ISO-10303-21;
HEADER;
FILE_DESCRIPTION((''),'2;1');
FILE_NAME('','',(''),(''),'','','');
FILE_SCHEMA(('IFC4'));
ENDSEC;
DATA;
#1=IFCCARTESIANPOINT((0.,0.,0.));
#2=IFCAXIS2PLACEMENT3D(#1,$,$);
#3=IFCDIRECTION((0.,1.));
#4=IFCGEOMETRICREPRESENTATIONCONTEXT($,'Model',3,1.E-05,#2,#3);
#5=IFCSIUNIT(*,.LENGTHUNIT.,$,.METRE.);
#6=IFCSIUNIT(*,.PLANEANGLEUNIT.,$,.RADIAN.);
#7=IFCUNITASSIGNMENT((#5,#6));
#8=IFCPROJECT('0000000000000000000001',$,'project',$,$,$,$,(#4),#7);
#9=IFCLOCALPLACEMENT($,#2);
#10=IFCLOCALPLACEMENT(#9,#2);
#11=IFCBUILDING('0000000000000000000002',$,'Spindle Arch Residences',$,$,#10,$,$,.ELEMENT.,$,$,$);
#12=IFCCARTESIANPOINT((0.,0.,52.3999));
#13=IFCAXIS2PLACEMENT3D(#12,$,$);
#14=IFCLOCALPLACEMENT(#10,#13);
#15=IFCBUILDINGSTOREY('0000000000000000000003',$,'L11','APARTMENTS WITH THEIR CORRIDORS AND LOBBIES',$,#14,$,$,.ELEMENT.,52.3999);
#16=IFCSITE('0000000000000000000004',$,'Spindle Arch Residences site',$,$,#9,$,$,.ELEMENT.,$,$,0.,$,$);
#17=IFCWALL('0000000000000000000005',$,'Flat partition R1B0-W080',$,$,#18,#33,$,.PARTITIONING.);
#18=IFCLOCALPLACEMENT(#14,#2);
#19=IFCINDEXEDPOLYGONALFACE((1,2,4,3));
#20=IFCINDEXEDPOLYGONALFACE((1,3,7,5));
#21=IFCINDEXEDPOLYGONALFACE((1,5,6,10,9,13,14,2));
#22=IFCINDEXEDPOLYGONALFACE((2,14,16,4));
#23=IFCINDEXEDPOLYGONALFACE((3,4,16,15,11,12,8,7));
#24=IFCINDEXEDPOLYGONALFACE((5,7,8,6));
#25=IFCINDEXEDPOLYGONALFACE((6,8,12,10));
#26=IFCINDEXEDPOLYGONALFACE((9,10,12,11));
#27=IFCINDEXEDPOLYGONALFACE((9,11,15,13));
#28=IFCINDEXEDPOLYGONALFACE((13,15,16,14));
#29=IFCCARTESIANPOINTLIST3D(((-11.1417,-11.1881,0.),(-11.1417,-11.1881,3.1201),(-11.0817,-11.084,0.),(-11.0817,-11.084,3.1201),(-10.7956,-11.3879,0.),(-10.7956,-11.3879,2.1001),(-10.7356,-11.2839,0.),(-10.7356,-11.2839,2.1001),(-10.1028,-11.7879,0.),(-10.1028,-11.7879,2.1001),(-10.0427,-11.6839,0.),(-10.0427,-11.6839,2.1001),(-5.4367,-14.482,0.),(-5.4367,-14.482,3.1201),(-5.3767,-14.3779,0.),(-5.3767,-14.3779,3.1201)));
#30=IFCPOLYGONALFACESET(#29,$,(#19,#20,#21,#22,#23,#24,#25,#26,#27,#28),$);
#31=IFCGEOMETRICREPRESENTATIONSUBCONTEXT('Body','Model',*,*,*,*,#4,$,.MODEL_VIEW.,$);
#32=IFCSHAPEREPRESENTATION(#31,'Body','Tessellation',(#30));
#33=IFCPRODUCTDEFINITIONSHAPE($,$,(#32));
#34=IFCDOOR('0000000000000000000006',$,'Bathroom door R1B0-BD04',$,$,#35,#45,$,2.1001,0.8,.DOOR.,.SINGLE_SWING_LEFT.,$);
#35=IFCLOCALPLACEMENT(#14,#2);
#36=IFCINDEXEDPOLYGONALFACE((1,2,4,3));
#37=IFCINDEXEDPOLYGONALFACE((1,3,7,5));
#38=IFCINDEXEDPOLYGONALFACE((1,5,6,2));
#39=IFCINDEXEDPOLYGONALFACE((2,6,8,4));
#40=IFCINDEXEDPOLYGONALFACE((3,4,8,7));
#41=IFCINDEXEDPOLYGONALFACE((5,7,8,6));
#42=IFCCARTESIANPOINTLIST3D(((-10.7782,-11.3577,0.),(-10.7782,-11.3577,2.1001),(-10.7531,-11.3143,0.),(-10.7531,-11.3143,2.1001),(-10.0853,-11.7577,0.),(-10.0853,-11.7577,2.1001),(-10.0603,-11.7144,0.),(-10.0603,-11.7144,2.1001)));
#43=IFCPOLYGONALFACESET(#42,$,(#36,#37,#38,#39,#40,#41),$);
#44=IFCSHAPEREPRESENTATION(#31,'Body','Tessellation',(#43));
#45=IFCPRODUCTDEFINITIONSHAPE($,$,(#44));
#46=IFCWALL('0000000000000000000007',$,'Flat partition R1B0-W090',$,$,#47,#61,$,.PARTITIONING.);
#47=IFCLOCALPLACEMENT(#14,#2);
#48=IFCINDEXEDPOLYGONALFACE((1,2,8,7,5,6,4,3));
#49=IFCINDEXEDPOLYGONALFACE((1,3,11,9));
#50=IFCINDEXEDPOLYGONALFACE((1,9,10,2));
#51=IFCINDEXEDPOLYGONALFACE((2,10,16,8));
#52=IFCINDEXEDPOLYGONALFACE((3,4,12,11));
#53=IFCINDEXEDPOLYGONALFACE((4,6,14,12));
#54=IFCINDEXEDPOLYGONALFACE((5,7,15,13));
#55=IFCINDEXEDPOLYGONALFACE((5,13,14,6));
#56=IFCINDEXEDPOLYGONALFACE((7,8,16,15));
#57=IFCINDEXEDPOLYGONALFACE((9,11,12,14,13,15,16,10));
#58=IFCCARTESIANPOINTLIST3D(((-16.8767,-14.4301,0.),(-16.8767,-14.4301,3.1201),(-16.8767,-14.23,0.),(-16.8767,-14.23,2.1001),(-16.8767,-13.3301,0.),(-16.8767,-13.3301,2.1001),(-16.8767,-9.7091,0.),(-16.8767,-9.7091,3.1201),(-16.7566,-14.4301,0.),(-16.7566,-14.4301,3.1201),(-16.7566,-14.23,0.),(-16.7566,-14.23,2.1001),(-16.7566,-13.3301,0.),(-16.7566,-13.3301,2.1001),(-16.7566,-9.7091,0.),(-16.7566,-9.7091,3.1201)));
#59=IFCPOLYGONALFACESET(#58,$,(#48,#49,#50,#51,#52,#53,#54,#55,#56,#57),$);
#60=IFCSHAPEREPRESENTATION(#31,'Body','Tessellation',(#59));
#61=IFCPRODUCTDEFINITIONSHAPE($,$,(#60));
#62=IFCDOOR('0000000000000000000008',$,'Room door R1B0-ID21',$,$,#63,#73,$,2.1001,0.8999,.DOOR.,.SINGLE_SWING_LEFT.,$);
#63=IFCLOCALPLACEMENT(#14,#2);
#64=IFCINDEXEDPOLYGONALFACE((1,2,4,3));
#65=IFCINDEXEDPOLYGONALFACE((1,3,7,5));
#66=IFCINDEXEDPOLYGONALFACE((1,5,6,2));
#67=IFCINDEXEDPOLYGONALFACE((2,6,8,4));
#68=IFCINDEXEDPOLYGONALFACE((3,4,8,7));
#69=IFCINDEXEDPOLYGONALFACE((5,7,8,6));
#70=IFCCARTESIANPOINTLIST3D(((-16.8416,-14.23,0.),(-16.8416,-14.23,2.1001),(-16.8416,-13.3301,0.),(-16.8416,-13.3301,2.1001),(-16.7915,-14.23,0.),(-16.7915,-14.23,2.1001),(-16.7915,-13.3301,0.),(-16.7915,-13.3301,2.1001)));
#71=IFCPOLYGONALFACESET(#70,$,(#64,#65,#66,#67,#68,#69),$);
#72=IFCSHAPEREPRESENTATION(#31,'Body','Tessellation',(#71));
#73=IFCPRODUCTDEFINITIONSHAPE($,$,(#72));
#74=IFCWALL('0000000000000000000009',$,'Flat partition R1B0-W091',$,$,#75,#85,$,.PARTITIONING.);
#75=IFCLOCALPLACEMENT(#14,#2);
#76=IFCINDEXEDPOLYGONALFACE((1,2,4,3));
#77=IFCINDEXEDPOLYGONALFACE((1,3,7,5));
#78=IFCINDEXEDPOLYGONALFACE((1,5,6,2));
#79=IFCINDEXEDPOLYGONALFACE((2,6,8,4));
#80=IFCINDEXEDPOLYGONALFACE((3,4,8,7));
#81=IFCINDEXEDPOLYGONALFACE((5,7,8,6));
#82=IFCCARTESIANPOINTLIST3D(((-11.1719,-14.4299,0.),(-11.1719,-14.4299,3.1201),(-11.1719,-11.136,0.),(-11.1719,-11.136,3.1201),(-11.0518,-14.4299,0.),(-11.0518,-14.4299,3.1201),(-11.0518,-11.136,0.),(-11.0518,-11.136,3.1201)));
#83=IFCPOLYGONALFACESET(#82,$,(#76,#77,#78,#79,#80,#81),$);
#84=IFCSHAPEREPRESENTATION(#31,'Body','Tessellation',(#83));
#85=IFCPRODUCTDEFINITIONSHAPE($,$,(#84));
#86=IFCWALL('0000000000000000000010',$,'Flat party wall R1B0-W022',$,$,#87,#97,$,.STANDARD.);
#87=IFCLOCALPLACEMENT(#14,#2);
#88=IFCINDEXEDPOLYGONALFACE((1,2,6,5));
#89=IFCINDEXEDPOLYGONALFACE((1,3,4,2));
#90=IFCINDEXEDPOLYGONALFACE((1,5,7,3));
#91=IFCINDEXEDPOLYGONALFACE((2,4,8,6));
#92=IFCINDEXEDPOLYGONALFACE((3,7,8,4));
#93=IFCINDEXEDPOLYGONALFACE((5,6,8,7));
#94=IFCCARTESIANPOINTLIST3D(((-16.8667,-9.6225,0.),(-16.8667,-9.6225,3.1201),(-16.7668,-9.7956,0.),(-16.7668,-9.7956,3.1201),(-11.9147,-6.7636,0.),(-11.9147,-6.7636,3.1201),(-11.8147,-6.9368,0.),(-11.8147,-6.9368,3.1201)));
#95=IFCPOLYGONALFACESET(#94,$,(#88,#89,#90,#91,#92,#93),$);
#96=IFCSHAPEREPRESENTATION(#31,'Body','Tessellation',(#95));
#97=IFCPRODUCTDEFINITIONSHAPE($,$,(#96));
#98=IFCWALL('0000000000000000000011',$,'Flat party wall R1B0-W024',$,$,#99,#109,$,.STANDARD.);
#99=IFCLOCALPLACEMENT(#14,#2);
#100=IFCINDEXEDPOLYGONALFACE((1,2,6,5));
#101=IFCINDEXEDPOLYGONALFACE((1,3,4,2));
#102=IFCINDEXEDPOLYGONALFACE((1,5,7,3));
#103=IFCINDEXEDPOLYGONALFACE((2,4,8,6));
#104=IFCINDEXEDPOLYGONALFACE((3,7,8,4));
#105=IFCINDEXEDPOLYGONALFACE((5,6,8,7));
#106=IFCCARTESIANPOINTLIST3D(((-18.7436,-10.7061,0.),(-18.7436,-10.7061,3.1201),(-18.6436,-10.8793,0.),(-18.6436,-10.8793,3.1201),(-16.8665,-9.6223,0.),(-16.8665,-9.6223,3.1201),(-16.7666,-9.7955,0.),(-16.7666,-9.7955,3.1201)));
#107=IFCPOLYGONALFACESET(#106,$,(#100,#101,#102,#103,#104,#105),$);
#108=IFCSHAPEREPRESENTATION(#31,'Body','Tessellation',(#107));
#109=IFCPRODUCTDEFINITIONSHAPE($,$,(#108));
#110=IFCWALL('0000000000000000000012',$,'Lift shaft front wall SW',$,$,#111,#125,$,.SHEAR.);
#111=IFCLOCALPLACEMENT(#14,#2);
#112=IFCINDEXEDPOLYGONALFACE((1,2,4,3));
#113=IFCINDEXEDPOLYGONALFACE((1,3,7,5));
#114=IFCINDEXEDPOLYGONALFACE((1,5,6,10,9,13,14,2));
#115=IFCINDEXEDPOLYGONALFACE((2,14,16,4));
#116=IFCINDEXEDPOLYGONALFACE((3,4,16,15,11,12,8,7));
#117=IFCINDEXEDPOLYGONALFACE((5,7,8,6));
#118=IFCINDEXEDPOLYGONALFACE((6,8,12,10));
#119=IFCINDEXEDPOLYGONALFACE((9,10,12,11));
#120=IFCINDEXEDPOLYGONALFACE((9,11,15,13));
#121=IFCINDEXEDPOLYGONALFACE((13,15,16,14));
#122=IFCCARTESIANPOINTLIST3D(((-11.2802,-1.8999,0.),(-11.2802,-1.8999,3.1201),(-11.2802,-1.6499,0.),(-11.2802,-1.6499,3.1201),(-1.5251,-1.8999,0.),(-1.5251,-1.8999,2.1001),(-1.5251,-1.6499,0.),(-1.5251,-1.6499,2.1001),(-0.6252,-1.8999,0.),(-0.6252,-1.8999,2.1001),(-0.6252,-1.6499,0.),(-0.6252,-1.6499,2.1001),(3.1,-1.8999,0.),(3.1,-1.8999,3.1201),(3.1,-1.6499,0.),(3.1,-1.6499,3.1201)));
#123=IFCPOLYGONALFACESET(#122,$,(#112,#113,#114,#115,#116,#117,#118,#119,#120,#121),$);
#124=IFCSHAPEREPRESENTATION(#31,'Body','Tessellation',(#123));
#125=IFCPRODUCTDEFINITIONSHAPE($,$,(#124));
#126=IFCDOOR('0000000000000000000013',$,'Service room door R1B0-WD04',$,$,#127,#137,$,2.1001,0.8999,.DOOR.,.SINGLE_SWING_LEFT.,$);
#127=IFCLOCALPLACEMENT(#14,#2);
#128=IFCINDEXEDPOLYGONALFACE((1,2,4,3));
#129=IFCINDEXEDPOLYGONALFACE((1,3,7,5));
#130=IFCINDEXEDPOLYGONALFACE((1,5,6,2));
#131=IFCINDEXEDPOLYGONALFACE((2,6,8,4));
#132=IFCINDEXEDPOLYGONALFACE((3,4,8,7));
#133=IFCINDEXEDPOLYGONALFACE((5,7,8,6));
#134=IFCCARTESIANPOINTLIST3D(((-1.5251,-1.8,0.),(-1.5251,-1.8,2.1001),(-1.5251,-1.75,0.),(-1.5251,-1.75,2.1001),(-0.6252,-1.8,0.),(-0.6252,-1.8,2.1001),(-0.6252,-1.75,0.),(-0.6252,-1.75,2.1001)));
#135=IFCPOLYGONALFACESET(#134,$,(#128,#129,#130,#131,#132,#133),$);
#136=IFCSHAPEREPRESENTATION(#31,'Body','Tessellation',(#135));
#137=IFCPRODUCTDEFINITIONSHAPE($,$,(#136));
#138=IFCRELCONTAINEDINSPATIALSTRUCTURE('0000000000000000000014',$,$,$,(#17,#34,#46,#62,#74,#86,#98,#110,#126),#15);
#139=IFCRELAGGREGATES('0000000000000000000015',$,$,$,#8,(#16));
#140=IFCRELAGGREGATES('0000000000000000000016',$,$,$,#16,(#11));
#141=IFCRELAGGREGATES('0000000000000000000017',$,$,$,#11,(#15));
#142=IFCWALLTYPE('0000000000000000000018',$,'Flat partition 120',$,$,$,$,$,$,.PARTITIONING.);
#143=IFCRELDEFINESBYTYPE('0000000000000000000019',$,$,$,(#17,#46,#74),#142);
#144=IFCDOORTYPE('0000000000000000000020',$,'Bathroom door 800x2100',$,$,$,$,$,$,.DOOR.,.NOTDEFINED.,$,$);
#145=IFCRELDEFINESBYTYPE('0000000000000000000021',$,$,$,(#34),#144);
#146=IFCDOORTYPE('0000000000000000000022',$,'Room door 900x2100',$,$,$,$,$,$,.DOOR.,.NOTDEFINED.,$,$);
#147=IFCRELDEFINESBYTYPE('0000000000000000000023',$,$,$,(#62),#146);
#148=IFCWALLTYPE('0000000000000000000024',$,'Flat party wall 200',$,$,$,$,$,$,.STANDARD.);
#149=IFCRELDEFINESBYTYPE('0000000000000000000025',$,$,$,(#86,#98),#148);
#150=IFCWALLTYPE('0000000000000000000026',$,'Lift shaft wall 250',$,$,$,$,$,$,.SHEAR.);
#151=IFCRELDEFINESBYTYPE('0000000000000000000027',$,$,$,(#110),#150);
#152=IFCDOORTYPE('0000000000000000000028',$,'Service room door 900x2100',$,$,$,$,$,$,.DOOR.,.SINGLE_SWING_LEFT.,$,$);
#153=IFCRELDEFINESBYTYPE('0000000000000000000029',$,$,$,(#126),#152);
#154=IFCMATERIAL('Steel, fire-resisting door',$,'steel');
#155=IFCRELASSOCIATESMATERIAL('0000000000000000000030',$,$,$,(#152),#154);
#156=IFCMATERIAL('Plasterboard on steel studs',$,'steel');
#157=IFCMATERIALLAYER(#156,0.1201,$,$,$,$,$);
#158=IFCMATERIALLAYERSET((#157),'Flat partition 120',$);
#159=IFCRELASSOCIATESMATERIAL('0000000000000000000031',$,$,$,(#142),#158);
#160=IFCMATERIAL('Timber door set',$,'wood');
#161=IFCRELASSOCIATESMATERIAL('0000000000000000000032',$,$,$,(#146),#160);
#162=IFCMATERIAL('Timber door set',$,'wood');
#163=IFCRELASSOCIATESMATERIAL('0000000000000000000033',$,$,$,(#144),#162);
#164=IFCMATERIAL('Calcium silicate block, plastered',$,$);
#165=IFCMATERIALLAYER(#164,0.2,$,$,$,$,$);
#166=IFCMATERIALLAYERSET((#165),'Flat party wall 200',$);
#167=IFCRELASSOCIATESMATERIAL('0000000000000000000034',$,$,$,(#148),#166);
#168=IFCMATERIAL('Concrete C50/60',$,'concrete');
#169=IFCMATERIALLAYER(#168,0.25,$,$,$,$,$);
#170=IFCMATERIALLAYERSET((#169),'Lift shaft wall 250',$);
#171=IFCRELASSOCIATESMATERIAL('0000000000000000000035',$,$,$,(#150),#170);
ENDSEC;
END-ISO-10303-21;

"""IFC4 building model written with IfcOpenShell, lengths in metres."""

from ifc_helpers import new_model, si_unit, direction, frame, frame_2d, origin, place, context, subcontext, project, spatial, rectangle, extrude, material, layer, layer_set, type_object, element, fill, save


model = new_model("IFC4")

# Units and contexts
model_context = context("Model", 3, precision=1e-05, world=origin(), true_north=direction((0.0, 1.0)))
body_context = subcontext(model_context, "Body", "Model", "MODEL_VIEW")
ifc_project = project(units=[si_unit("LENGTHUNIT", "METRE"), si_unit("PLANEANGLEUNIT", "RADIAN")], contexts=[model_context])

# Site, building, storey
site_placement = place(None, origin())
site = spatial("IfcSite", under=ifc_project, at=site_placement, Name="Spindle Arch Residences site", CompositionType="ELEMENT", RefElevation=0.0)
building_placement = place(site_placement, origin())
building = spatial("IfcBuilding", under=site, at=building_placement, Name="Spindle Arch Residences", CompositionType="ELEMENT")
storey_placement = place(building_placement, frame((0.0, 0.0, 52.3999)))
storey = spatial("IfcBuildingStorey", under=building, at=storey_placement, Name="L11", Description="APARTMENTS WITH THEIR CORRIDORS AND LOBBIES", CompositionType="ELEMENT", Elevation=52.3999)

# Shared definitions
ifc_material_1 = material(Name="Steel, fire-resisting door", Category="steel")
door_type_1 = type_object("IfcDoorType", Name="Service room door 900x2100", OperationType="SINGLE_SWING_LEFT", PredefinedType="DOOR", material=ifc_material_1)

# Shared definitions
ifc_material_2 = material(Name="Plasterboard on steel studs", Category="steel")
ifc_layer_1 = layer(ifc_material_2, 0.1201)
ifc_layer_set_1 = layer_set([ifc_layer_1], Name="Flat partition 120")
wall_type_1 = type_object("IfcWallType", Name="Flat partition 120", PredefinedType="PARTITIONING", material=ifc_layer_set_1)

# Walls, openings, doors
ifc_material_3 = material(Name="Timber door set", Category="wood")
door_type_2 = type_object("IfcDoorType", Name="Room door 900x2100", OperationType="NOTDEFINED", PredefinedType="DOOR", material=ifc_material_3)
wall_1_placement = place(storey_placement, frame((-11.1118, -11.136, 0.0), z_axis=(0.0, 0.0, 1.0), x_axis=(0.866018, -0.500013, 0.0)))
wall_1 = element("IfcWall", 1, at=wall_1_placement, inside=storey, type_object=wall_type_1, Name="Flat partition R1B0-W080", PredefinedType="PARTITIONING", context=body_context, shape_type="SweptSolid", body=[
    extrude(rectangle(XDim=6.5876, YDim=0.1201, at=frame_2d((3.2939, 0.0))), origin(), (0.0, 0.0, 1.0), 3.1201),
])
opening_1_placement = place(wall_1_placement, frame((0.3999, 0.0, 0.0)))
opening_1 = element("IfcOpeningElement", 2, at=opening_1_placement, cuts=wall_1, PredefinedType="OPENING", context=body_context, shape_type="SweptSolid", body=[
    extrude(rectangle(XDim=0.8, YDim=2.1001, at=frame_2d((0.3999, 1.05))), frame((0.0, 0.0701, 0.0), z_axis=(0.0, -1.0, 0.0), x_axis=(1.0, 0.0, 0.0)), (0.0, 0.0, 1.0), 0.1401),
])
ifc_material_4 = material(Name="Timber door set", Category="wood")
door_type_3 = type_object("IfcDoorType", Name="Bathroom door 800x2100", OperationType="NOTDEFINED", PredefinedType="DOOR", material=ifc_material_4)
door_1_placement = place(opening_1_placement, origin())
door_1 = element("IfcDoor", 3, at=door_1_placement, inside=storey, type_object=door_type_3, Name="Bathroom door R1B0-BD04", OperationType="SINGLE_SWING_LEFT", OverallHeight=2.1001, OverallWidth=0.8, PredefinedType="DOOR", context=body_context, shape_type="SweptSolid", body=[
    extrude(rectangle(XDim=0.8, YDim=2.1001, at=frame_2d((0.3999, 1.05))), frame((0.0, 0.0249, 0.0), z_axis=(0.0, -1.0, 0.0), x_axis=(1.0, 0.0, 0.0)), (0.0, 0.0, 1.0), 0.05),
])
fill(opening_1, door_1)
wall_2_placement = place(storey_placement, frame((-16.8167, -14.4299, 0.0), z_axis=(0.0, 0.0, 1.0), x_axis=(0.0, 1.0, 0.0)))
wall_2 = element("IfcWall", 4, at=wall_2_placement, inside=storey, type_object=wall_type_1, Name="Flat partition R1B0-W090", PredefinedType="PARTITIONING", context=body_context, shape_type="SweptSolid", body=[
    extrude(rectangle(XDim=4.7209, YDim=0.1201, at=frame_2d((2.3604, 0.0))), origin(), (0.0, 0.0, 1.0), 3.1201),
])
opening_2_placement = place(wall_2_placement, frame((0.2, 0.0, 0.0)))
opening_2 = element("IfcOpeningElement", 5, at=opening_2_placement, cuts=wall_2, PredefinedType="OPENING", context=body_context, shape_type="SweptSolid", body=[
    extrude(rectangle(XDim=0.8999, YDim=2.1001, at=frame_2d((0.45, 1.05))), frame((0.0, 0.0701, 0.0), z_axis=(0.0, -1.0, 0.0), x_axis=(1.0, 0.0, 0.0)), (0.0, 0.0, 1.0), 0.1401),
])
door_2_placement = place(opening_2_placement, origin())
door_2 = element("IfcDoor", 6, at=door_2_placement, inside=storey, type_object=door_type_2, Name="Room door R1B0-ID21", OperationType="SINGLE_SWING_LEFT", OverallHeight=2.1001, OverallWidth=0.8999, PredefinedType="DOOR", context=body_context, shape_type="SweptSolid", body=[
    extrude(rectangle(XDim=0.8999, YDim=2.1001, at=frame_2d((0.45, 1.05))), frame((0.0, 0.0249, 0.0), z_axis=(0.0, -1.0, 0.0), x_axis=(1.0, 0.0, 0.0)), (0.0, 0.0, 1.0), 0.05),
])
fill(opening_2, door_2)

# Walls
wall_3_placement = place(storey_placement, frame((-11.1118, -14.4299, 0.0), z_axis=(0.0, 0.0, 1.0), x_axis=(0.0, 1.0, 0.0)))
element("IfcWall", 7, at=wall_3_placement, inside=storey, type_object=wall_type_1, Name="Flat partition R1B0-W091", PredefinedType="PARTITIONING", context=body_context, shape_type="SweptSolid", body=[
    extrude(rectangle(XDim=3.2939, YDim=0.1201, at=frame_2d((1.647, 0.0))), origin(), (0.0, 0.0, 1.0), 3.1201),
])
ifc_material_5 = material(Name="Calcium silicate block, plastered")
ifc_layer_2 = layer(ifc_material_5, 0.2)
ifc_layer_set_2 = layer_set([ifc_layer_2], Name="Flat party wall 200")
wall_type_2 = type_object("IfcWallType", Name="Flat party wall 200", PredefinedType="STANDARD", material=ifc_layer_set_2)
wall_4_placement = place(storey_placement, frame((-16.8167, -9.709, 0.0), z_axis=(0.0, 0.0, 1.0), x_axis=(0.866043, 0.499969, 0.0)))
element("IfcWall", 8, at=wall_4_placement, inside=storey, type_object=wall_type_2, Name="Flat party wall R1B0-W022", PredefinedType="STANDARD", context=body_context, shape_type="SweptSolid", body=[
    extrude(rectangle(XDim=5.718, YDim=0.2, at=frame_2d((2.8589, 0.0))), origin(), (0.0, 0.0, 1.0), 3.1201),
])
wall_5_placement = place(storey_placement, frame((-18.6936, -10.7927, 0.0), z_axis=(0.0, 0.0, 1.0), x_axis=(0.866009, 0.500028, 0.0)))
element("IfcWall", 9, at=wall_5_placement, inside=storey, type_object=wall_type_2, Name="Flat party wall R1B0-W024", PredefinedType="STANDARD", context=body_context, shape_type="SweptSolid", body=[
    extrude(rectangle(XDim=2.1675, YDim=0.2, at=frame_2d((1.0837, 0.0))), origin(), (0.0, 0.0, 1.0), 3.1201),
])

# Wall, opening, door
ifc_material_6 = material(Name="Concrete C50/60", Category="concrete")
ifc_layer_3 = layer(ifc_material_6, 0.25)
ifc_layer_set_3 = layer_set([ifc_layer_3], Name="Lift shaft wall 250")
wall_type_3 = type_object("IfcWallType", Name="Lift shaft wall 250", PredefinedType="SHEAR", material=ifc_layer_set_3)
wall_6_placement = place(storey_placement, frame((-11.28, -1.7749, 0.0), z_axis=(0.0, 0.0, 1.0), x_axis=(1.0, 0.0, 0.0)))
wall_6 = element("IfcWall", 10, at=wall_6_placement, inside=storey, type_object=wall_type_3, Name="Lift shaft front wall SW", PredefinedType="SHEAR", context=body_context, shape_type="SweptSolid", body=[
    extrude(rectangle(XDim=14.3801, YDim=0.25, at=frame_2d((7.1899, 0.0))), origin(), (0.0, 0.0, 1.0), 3.1201),
])
opening_3_placement = place(wall_6_placement, frame((9.7549, 0.0, 0.0)))
opening_3 = element("IfcOpeningElement", 11, at=opening_3_placement, cuts=wall_6, PredefinedType="OPENING", context=body_context, shape_type="SweptSolid", body=[
    extrude(rectangle(XDim=0.8999, YDim=2.1001, at=frame_2d((0.45, 1.05))), frame((0.0, 0.135, 0.0), z_axis=(0.0, -1.0, 0.0), x_axis=(1.0, 0.0, 0.0)), (0.0, 0.0, 1.0), 0.27),
])
door_3_placement = place(opening_3_placement, origin())
door_3 = element("IfcDoor", 12, at=door_3_placement, inside=storey, type_object=door_type_1, Name="Service room door R1B0-WD04", OperationType="SINGLE_SWING_LEFT", OverallHeight=2.1001, OverallWidth=0.8999, PredefinedType="DOOR", context=body_context, shape_type="SweptSolid", body=[
    extrude(rectangle(XDim=0.8999, YDim=2.1001, at=frame_2d((0.45, 1.05))), frame((0.0, 0.0249, 0.0), z_axis=(0.0, -1.0, 0.0), x_axis=(1.0, 0.0, 0.0)), (0.0, 0.0, 1.0), 0.05),
])
fill(opening_3, door_3)

save(model, "model.ifc")
